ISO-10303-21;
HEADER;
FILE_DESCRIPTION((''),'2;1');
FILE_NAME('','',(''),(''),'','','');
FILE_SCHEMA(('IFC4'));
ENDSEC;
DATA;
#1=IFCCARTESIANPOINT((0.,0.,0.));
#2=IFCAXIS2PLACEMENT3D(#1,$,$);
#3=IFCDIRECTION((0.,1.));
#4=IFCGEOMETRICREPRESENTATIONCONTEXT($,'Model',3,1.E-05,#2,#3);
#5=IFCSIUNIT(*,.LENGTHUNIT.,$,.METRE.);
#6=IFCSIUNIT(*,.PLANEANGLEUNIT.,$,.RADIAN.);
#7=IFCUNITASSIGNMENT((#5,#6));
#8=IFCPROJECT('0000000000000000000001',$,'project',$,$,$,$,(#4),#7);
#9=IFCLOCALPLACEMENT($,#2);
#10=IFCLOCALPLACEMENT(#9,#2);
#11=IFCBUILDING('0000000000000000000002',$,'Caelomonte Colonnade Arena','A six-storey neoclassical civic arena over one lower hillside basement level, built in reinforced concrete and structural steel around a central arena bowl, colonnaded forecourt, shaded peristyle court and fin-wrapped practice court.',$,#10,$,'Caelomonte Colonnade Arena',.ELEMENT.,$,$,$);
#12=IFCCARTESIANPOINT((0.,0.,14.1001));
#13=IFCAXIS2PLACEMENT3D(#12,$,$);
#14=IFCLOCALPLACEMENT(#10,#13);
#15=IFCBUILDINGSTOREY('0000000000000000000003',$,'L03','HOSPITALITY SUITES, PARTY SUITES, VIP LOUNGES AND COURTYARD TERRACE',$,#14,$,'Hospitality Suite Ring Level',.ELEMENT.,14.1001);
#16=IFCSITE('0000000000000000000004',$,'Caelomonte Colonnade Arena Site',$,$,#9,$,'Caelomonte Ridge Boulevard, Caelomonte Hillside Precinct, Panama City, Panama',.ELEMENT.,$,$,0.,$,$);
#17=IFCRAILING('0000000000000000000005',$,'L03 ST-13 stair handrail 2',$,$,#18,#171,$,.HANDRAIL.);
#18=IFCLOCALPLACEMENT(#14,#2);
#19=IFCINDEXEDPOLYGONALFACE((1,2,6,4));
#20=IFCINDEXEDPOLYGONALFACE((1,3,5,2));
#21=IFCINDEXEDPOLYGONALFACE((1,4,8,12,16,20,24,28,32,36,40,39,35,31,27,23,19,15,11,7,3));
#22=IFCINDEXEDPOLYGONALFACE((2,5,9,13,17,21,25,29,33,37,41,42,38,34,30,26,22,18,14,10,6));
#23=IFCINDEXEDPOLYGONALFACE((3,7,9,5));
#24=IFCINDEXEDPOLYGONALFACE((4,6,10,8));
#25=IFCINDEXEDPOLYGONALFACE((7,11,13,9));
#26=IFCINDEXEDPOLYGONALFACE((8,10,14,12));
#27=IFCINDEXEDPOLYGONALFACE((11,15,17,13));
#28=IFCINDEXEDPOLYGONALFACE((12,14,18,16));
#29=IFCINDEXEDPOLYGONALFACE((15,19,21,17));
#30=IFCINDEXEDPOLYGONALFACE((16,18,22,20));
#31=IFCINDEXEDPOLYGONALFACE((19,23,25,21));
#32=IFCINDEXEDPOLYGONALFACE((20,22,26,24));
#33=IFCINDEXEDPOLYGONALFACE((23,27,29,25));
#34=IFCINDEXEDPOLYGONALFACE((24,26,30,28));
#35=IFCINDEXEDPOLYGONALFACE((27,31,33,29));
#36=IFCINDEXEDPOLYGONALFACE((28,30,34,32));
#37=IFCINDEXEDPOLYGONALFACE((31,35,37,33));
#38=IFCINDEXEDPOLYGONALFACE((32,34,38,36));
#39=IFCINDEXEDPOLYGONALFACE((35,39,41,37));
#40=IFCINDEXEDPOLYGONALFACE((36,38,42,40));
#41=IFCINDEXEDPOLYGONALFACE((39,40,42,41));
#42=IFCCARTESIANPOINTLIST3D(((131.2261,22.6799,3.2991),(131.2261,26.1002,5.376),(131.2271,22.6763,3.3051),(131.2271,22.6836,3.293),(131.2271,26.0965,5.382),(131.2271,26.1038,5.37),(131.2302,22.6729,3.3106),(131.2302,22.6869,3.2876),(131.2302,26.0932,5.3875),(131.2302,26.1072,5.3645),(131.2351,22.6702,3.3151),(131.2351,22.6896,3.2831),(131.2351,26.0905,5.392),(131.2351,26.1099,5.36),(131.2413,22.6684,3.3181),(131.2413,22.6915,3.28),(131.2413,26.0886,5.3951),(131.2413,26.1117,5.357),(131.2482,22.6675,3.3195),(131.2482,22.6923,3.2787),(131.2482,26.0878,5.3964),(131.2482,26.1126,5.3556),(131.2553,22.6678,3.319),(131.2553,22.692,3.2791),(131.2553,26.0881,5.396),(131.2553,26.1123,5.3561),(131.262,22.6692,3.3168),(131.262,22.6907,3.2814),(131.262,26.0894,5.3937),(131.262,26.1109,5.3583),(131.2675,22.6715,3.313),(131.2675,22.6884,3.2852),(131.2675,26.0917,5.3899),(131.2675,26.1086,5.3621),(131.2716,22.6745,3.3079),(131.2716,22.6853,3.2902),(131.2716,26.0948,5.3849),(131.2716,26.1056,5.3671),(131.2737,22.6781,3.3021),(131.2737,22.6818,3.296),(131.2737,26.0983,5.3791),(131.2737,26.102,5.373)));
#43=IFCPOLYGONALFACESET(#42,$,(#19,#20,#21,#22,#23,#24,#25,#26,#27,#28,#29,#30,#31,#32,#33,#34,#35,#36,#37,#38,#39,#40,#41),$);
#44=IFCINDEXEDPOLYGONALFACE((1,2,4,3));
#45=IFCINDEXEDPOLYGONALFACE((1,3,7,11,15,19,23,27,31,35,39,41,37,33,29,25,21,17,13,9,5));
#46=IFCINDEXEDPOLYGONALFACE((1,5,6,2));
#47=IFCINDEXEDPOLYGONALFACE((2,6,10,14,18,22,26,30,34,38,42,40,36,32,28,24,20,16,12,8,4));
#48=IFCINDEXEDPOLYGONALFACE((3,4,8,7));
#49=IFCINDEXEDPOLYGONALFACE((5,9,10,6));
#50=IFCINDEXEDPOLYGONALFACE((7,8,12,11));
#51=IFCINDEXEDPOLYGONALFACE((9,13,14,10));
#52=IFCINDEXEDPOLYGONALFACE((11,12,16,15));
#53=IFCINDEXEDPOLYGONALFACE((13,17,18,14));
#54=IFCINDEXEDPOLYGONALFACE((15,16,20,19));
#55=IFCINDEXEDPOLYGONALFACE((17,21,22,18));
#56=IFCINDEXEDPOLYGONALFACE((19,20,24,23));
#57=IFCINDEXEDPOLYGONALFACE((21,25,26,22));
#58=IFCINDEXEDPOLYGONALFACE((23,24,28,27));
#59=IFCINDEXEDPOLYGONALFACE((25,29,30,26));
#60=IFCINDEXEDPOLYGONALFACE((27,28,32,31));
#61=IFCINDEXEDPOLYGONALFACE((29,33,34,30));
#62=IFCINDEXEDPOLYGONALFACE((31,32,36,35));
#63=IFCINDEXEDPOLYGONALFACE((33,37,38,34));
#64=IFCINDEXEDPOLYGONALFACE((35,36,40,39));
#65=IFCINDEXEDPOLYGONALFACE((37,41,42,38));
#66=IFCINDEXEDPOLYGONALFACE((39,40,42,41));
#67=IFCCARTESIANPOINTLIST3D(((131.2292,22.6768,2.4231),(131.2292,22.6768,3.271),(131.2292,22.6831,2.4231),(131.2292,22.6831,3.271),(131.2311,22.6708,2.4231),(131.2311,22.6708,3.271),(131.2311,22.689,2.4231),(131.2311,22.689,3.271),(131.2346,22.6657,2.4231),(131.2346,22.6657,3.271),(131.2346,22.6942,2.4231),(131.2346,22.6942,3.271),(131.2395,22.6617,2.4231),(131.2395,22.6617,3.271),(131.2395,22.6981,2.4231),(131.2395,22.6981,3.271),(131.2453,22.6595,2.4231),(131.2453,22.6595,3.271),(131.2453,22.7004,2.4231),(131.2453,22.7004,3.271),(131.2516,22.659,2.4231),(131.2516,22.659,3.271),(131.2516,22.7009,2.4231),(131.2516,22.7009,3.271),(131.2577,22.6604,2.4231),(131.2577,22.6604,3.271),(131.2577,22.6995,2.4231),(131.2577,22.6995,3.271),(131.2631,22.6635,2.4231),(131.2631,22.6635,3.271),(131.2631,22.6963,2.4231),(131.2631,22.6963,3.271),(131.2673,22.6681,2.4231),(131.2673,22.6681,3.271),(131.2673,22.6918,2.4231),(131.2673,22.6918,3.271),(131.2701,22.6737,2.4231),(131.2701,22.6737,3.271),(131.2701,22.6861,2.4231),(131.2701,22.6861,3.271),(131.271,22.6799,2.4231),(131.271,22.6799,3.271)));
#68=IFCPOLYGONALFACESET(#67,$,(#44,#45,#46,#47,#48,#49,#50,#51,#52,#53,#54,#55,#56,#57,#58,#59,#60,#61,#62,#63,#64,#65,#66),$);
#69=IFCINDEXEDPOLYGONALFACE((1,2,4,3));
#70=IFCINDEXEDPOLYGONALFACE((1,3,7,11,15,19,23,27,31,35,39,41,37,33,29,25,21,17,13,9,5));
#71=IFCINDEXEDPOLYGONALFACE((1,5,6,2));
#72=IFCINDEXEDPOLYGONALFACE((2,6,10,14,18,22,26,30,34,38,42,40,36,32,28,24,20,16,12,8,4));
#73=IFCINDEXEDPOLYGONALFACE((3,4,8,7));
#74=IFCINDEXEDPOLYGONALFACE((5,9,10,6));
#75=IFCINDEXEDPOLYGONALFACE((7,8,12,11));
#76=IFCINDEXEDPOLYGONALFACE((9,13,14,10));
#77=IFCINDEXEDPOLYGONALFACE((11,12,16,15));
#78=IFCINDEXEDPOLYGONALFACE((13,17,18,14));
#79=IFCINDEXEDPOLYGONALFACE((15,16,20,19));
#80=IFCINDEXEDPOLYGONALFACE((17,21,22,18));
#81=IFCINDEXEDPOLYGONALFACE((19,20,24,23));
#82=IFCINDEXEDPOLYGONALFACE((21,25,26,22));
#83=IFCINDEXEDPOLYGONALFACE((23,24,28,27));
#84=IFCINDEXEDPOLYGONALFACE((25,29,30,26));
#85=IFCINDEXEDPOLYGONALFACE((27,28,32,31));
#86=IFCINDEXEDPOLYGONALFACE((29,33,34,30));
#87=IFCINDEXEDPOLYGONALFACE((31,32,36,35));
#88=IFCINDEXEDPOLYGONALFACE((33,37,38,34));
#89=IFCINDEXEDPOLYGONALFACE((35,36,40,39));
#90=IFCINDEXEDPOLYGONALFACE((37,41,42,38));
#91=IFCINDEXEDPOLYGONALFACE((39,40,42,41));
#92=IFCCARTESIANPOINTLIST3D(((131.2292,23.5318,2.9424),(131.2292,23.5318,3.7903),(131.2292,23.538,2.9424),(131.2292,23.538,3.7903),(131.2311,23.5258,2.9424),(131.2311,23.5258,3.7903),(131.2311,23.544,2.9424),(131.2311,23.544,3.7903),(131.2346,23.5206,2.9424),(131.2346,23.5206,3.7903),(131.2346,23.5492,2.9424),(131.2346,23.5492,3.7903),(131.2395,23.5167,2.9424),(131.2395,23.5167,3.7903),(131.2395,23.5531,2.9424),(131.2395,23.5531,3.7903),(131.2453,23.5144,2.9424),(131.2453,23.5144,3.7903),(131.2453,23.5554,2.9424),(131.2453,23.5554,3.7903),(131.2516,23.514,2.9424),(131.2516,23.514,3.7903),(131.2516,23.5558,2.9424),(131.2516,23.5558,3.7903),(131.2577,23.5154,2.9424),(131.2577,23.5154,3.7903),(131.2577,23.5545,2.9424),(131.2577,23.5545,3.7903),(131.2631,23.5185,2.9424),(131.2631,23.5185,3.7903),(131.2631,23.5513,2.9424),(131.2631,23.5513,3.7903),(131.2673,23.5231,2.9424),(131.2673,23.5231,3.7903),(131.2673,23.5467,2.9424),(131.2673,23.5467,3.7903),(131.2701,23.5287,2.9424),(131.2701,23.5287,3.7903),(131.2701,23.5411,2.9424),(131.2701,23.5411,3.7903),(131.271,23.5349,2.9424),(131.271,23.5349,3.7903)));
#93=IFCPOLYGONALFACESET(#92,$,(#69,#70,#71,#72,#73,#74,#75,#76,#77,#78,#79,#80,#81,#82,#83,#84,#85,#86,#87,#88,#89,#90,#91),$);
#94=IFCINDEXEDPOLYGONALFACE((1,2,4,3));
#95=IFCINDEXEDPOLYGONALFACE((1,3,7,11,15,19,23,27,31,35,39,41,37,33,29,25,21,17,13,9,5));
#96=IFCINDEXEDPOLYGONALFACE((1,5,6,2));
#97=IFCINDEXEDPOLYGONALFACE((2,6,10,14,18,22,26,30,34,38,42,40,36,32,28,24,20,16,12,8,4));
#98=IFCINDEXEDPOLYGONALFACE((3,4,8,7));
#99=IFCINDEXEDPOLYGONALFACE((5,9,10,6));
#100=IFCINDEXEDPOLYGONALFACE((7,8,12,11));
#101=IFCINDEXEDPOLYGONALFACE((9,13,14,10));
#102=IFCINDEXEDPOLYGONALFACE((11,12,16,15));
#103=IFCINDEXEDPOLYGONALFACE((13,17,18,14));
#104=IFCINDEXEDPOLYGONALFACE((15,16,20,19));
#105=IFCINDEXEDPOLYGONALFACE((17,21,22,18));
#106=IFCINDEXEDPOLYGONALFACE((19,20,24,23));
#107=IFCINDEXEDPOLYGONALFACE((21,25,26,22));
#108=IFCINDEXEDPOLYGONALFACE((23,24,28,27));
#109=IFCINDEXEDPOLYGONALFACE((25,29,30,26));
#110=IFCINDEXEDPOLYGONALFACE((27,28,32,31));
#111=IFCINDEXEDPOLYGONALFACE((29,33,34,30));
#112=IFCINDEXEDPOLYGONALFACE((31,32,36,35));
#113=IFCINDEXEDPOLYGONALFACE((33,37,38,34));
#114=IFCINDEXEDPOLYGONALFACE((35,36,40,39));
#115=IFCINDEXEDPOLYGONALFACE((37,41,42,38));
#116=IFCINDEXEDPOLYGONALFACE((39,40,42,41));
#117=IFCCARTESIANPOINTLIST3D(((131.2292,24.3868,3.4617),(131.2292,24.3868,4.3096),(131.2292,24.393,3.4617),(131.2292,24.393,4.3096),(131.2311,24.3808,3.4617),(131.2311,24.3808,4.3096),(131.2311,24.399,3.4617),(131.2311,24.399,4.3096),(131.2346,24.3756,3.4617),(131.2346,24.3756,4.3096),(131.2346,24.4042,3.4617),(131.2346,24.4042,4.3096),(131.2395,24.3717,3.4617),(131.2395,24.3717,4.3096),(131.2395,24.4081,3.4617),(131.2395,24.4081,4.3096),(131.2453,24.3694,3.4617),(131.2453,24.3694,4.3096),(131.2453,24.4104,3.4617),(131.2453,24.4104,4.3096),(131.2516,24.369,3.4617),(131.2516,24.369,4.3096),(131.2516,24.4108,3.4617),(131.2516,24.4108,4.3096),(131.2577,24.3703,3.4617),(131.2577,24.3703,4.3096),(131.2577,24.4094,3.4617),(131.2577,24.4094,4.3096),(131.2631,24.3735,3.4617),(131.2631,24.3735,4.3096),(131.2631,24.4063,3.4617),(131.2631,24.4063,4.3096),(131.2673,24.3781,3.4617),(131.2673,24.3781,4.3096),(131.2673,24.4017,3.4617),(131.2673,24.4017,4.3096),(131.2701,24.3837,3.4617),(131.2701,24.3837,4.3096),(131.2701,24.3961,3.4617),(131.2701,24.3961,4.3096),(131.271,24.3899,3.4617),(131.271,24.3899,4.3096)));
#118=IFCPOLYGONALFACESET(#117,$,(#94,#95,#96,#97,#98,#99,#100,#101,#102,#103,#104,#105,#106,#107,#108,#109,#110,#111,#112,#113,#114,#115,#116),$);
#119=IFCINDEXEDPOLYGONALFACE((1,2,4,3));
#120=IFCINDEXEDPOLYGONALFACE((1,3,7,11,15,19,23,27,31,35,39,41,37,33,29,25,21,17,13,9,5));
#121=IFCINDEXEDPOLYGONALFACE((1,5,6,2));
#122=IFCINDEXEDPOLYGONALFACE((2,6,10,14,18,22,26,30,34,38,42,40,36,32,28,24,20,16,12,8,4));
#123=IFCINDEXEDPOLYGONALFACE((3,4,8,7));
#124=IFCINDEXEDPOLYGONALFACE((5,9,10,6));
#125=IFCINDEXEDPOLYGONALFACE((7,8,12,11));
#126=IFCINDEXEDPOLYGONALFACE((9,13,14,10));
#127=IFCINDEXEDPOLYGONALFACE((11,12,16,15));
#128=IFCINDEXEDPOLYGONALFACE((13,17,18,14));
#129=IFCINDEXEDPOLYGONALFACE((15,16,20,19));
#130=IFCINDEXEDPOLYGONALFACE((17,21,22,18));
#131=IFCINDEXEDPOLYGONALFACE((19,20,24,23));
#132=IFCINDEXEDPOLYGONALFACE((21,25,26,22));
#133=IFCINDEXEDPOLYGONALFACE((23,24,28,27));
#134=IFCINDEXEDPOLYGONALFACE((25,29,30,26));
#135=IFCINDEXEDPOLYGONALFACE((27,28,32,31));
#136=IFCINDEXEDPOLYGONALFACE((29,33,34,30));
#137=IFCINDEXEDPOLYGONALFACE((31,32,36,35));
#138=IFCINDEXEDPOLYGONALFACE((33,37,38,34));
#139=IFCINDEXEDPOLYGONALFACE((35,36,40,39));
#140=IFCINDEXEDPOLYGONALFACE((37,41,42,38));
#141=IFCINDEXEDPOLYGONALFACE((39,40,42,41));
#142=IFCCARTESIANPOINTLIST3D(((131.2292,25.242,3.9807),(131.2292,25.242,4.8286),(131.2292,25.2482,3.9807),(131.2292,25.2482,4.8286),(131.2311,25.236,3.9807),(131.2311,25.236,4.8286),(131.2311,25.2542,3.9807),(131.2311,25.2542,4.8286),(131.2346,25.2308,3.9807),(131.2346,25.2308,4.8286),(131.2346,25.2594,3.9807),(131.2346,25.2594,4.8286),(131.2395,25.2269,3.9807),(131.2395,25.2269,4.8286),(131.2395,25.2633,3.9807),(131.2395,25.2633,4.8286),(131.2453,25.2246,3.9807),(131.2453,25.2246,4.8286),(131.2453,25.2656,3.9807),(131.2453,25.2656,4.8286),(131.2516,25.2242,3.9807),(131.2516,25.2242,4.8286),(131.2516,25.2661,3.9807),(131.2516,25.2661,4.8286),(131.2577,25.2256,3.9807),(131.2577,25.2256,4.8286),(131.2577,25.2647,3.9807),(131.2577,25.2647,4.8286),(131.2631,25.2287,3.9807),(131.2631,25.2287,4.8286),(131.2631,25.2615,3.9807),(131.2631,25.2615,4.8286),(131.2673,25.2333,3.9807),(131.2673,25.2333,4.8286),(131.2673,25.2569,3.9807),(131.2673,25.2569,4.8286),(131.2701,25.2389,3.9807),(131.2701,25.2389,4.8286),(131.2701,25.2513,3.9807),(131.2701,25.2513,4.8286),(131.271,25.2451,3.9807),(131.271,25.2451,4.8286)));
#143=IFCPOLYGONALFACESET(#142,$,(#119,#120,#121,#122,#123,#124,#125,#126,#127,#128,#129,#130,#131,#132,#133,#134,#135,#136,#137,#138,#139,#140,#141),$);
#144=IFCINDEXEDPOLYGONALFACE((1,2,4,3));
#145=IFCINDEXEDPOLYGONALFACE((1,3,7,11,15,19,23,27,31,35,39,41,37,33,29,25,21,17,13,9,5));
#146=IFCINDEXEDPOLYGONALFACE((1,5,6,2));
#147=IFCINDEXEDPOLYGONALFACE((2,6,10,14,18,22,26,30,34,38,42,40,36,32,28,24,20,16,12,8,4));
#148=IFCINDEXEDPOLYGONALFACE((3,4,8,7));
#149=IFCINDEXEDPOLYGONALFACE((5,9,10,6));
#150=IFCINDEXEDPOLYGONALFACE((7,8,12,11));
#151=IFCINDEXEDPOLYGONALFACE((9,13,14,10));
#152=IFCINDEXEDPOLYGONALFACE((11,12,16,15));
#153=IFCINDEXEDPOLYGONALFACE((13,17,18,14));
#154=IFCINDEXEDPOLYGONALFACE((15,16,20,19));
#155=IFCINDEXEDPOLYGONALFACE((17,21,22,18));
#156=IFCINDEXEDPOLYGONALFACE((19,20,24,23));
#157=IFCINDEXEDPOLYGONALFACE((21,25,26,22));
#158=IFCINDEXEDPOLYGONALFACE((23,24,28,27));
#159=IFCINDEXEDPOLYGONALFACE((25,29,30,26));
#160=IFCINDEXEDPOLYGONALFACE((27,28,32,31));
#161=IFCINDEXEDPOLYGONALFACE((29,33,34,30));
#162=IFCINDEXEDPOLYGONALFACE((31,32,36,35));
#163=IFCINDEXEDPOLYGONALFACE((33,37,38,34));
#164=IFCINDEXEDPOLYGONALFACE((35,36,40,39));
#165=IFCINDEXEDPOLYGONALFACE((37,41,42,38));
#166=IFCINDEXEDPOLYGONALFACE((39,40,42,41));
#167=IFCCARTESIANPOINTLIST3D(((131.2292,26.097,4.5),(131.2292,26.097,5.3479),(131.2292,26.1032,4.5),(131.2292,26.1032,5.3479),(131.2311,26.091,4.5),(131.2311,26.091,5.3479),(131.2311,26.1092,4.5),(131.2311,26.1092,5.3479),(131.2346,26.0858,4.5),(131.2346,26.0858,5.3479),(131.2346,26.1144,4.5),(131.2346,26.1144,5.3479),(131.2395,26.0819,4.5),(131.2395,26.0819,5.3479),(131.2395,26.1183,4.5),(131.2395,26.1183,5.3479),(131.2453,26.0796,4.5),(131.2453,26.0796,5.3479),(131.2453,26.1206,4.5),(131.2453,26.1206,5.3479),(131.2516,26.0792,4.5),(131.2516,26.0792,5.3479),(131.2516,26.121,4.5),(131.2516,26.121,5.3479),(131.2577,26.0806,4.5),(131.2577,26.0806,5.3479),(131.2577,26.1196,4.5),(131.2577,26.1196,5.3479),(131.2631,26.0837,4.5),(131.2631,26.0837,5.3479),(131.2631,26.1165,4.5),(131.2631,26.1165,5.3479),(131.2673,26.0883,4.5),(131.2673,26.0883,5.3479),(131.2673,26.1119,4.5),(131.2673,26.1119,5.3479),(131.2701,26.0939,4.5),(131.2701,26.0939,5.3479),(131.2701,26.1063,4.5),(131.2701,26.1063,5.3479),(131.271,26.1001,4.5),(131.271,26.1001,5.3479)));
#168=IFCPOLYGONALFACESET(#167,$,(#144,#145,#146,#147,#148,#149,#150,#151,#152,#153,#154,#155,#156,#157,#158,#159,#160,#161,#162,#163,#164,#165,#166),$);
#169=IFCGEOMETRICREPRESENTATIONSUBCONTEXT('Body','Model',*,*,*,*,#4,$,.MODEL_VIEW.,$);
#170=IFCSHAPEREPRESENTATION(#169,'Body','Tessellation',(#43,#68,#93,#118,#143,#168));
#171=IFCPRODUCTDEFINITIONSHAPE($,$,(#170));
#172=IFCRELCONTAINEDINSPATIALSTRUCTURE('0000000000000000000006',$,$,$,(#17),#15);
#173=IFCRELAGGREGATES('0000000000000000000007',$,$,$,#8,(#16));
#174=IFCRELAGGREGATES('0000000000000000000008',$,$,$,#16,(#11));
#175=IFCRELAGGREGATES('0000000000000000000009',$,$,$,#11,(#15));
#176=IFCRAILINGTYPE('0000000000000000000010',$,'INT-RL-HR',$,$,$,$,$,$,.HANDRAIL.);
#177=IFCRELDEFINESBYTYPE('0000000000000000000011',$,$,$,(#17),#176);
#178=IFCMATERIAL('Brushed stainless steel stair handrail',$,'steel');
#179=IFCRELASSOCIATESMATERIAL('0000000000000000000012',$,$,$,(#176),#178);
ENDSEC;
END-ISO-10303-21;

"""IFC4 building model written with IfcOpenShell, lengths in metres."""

from ifc_helpers import new_model, si_unit, direction, frame, origin, origin_2d, place, context, subcontext, project, spatial, circle, extrude, material, type_object, element, save


model = new_model("IFC4")

# Units and contexts
model_context = context("Model", 3, precision=1e-05, world=origin(), true_north=direction((0.0, 1.0)))
body_context = subcontext(model_context, "Body", "Model", "MODEL_VIEW")
ifc_project = project(units=[si_unit("LENGTHUNIT", "METRE"), si_unit("PLANEANGLEUNIT", "RADIAN")], contexts=[model_context])

# Site, building, storey
site_placement = place(None, origin())
site = spatial("IfcSite", under=ifc_project, at=site_placement, Name="Caelomonte Colonnade Arena Site", LongName="Caelomonte Ridge Boulevard, Caelomonte Hillside Precinct, Panama City, Panama", CompositionType="ELEMENT", RefElevation=0.0)
building_placement = place(site_placement, origin())
building = spatial("IfcBuilding", under=site, at=building_placement, Name="Caelomonte Colonnade Arena", Description="A six-storey neoclassical civic arena over one lower hillside basement level, built in reinforced concrete and structural steel around a central arena bowl, colonnaded forecourt, shaded peristyle court and fin-wrapped practice court.", LongName="Caelomonte Colonnade Arena", CompositionType="ELEMENT")
storey_placement = place(building_placement, frame((0.0, 0.0, 14.1001)))
storey = spatial("IfcBuildingStorey", under=building, at=storey_placement, Name="L03", Description="HOSPITALITY SUITES, PARTY SUITES, VIP LOUNGES AND COURTYARD TERRACE", LongName="Hospitality Suite Ring Level", CompositionType="ELEMENT", Elevation=14.1001)

# Railing
ifc_material_1 = material(Name="Brushed stainless steel stair handrail", Category="steel")
railing_type_1 = type_object("IfcRailingType", Name="INT-RL-HR", PredefinedType="HANDRAIL", material=ifc_material_1)
railing_1_placement = place(storey_placement, frame((131.25, 22.6799, 2.4231)))
element("IfcRailing", 1, at=railing_1_placement, inside=storey, type_object=railing_type_1, Name="L03 ST-13 stair handrail 2", PredefinedType="HANDRAIL", context=body_context, shape_type="SweptSolid", body=[
    extrude(circle(Radius=0.0239, at=origin_2d()), frame((0.0, 0.0, 0.876), z_axis=(0.0, 0.854746, 0.519047), x_axis=(-1.0, 0.0, 0.0)), (0.0, 0.0, 1.0), 4.0015),
    extrude(circle(Radius=0.021, at=origin_2d()), origin(), (0.0, 0.0, 1.0), 0.8479),
    extrude(circle(Radius=0.021, at=origin_2d()), frame((0.0, 0.855, 0.5193)), (0.0, 0.0, 1.0), 0.8479),
    extrude(circle(Radius=0.021, at=origin_2d()), frame((0.0, 1.71, 1.0386)), (0.0, 0.0, 1.0), 0.8479),
    extrude(circle(Radius=0.021, at=origin_2d()), frame((0.0, 2.5652, 1.5576)), (0.0, 0.0, 1.0), 0.8479),
    extrude(circle(Radius=0.021, at=origin_2d()), frame((0.0, 3.4202, 2.0769)), (0.0, 0.0, 1.0), 0.8479),
])

save(model, "model.ifc")
